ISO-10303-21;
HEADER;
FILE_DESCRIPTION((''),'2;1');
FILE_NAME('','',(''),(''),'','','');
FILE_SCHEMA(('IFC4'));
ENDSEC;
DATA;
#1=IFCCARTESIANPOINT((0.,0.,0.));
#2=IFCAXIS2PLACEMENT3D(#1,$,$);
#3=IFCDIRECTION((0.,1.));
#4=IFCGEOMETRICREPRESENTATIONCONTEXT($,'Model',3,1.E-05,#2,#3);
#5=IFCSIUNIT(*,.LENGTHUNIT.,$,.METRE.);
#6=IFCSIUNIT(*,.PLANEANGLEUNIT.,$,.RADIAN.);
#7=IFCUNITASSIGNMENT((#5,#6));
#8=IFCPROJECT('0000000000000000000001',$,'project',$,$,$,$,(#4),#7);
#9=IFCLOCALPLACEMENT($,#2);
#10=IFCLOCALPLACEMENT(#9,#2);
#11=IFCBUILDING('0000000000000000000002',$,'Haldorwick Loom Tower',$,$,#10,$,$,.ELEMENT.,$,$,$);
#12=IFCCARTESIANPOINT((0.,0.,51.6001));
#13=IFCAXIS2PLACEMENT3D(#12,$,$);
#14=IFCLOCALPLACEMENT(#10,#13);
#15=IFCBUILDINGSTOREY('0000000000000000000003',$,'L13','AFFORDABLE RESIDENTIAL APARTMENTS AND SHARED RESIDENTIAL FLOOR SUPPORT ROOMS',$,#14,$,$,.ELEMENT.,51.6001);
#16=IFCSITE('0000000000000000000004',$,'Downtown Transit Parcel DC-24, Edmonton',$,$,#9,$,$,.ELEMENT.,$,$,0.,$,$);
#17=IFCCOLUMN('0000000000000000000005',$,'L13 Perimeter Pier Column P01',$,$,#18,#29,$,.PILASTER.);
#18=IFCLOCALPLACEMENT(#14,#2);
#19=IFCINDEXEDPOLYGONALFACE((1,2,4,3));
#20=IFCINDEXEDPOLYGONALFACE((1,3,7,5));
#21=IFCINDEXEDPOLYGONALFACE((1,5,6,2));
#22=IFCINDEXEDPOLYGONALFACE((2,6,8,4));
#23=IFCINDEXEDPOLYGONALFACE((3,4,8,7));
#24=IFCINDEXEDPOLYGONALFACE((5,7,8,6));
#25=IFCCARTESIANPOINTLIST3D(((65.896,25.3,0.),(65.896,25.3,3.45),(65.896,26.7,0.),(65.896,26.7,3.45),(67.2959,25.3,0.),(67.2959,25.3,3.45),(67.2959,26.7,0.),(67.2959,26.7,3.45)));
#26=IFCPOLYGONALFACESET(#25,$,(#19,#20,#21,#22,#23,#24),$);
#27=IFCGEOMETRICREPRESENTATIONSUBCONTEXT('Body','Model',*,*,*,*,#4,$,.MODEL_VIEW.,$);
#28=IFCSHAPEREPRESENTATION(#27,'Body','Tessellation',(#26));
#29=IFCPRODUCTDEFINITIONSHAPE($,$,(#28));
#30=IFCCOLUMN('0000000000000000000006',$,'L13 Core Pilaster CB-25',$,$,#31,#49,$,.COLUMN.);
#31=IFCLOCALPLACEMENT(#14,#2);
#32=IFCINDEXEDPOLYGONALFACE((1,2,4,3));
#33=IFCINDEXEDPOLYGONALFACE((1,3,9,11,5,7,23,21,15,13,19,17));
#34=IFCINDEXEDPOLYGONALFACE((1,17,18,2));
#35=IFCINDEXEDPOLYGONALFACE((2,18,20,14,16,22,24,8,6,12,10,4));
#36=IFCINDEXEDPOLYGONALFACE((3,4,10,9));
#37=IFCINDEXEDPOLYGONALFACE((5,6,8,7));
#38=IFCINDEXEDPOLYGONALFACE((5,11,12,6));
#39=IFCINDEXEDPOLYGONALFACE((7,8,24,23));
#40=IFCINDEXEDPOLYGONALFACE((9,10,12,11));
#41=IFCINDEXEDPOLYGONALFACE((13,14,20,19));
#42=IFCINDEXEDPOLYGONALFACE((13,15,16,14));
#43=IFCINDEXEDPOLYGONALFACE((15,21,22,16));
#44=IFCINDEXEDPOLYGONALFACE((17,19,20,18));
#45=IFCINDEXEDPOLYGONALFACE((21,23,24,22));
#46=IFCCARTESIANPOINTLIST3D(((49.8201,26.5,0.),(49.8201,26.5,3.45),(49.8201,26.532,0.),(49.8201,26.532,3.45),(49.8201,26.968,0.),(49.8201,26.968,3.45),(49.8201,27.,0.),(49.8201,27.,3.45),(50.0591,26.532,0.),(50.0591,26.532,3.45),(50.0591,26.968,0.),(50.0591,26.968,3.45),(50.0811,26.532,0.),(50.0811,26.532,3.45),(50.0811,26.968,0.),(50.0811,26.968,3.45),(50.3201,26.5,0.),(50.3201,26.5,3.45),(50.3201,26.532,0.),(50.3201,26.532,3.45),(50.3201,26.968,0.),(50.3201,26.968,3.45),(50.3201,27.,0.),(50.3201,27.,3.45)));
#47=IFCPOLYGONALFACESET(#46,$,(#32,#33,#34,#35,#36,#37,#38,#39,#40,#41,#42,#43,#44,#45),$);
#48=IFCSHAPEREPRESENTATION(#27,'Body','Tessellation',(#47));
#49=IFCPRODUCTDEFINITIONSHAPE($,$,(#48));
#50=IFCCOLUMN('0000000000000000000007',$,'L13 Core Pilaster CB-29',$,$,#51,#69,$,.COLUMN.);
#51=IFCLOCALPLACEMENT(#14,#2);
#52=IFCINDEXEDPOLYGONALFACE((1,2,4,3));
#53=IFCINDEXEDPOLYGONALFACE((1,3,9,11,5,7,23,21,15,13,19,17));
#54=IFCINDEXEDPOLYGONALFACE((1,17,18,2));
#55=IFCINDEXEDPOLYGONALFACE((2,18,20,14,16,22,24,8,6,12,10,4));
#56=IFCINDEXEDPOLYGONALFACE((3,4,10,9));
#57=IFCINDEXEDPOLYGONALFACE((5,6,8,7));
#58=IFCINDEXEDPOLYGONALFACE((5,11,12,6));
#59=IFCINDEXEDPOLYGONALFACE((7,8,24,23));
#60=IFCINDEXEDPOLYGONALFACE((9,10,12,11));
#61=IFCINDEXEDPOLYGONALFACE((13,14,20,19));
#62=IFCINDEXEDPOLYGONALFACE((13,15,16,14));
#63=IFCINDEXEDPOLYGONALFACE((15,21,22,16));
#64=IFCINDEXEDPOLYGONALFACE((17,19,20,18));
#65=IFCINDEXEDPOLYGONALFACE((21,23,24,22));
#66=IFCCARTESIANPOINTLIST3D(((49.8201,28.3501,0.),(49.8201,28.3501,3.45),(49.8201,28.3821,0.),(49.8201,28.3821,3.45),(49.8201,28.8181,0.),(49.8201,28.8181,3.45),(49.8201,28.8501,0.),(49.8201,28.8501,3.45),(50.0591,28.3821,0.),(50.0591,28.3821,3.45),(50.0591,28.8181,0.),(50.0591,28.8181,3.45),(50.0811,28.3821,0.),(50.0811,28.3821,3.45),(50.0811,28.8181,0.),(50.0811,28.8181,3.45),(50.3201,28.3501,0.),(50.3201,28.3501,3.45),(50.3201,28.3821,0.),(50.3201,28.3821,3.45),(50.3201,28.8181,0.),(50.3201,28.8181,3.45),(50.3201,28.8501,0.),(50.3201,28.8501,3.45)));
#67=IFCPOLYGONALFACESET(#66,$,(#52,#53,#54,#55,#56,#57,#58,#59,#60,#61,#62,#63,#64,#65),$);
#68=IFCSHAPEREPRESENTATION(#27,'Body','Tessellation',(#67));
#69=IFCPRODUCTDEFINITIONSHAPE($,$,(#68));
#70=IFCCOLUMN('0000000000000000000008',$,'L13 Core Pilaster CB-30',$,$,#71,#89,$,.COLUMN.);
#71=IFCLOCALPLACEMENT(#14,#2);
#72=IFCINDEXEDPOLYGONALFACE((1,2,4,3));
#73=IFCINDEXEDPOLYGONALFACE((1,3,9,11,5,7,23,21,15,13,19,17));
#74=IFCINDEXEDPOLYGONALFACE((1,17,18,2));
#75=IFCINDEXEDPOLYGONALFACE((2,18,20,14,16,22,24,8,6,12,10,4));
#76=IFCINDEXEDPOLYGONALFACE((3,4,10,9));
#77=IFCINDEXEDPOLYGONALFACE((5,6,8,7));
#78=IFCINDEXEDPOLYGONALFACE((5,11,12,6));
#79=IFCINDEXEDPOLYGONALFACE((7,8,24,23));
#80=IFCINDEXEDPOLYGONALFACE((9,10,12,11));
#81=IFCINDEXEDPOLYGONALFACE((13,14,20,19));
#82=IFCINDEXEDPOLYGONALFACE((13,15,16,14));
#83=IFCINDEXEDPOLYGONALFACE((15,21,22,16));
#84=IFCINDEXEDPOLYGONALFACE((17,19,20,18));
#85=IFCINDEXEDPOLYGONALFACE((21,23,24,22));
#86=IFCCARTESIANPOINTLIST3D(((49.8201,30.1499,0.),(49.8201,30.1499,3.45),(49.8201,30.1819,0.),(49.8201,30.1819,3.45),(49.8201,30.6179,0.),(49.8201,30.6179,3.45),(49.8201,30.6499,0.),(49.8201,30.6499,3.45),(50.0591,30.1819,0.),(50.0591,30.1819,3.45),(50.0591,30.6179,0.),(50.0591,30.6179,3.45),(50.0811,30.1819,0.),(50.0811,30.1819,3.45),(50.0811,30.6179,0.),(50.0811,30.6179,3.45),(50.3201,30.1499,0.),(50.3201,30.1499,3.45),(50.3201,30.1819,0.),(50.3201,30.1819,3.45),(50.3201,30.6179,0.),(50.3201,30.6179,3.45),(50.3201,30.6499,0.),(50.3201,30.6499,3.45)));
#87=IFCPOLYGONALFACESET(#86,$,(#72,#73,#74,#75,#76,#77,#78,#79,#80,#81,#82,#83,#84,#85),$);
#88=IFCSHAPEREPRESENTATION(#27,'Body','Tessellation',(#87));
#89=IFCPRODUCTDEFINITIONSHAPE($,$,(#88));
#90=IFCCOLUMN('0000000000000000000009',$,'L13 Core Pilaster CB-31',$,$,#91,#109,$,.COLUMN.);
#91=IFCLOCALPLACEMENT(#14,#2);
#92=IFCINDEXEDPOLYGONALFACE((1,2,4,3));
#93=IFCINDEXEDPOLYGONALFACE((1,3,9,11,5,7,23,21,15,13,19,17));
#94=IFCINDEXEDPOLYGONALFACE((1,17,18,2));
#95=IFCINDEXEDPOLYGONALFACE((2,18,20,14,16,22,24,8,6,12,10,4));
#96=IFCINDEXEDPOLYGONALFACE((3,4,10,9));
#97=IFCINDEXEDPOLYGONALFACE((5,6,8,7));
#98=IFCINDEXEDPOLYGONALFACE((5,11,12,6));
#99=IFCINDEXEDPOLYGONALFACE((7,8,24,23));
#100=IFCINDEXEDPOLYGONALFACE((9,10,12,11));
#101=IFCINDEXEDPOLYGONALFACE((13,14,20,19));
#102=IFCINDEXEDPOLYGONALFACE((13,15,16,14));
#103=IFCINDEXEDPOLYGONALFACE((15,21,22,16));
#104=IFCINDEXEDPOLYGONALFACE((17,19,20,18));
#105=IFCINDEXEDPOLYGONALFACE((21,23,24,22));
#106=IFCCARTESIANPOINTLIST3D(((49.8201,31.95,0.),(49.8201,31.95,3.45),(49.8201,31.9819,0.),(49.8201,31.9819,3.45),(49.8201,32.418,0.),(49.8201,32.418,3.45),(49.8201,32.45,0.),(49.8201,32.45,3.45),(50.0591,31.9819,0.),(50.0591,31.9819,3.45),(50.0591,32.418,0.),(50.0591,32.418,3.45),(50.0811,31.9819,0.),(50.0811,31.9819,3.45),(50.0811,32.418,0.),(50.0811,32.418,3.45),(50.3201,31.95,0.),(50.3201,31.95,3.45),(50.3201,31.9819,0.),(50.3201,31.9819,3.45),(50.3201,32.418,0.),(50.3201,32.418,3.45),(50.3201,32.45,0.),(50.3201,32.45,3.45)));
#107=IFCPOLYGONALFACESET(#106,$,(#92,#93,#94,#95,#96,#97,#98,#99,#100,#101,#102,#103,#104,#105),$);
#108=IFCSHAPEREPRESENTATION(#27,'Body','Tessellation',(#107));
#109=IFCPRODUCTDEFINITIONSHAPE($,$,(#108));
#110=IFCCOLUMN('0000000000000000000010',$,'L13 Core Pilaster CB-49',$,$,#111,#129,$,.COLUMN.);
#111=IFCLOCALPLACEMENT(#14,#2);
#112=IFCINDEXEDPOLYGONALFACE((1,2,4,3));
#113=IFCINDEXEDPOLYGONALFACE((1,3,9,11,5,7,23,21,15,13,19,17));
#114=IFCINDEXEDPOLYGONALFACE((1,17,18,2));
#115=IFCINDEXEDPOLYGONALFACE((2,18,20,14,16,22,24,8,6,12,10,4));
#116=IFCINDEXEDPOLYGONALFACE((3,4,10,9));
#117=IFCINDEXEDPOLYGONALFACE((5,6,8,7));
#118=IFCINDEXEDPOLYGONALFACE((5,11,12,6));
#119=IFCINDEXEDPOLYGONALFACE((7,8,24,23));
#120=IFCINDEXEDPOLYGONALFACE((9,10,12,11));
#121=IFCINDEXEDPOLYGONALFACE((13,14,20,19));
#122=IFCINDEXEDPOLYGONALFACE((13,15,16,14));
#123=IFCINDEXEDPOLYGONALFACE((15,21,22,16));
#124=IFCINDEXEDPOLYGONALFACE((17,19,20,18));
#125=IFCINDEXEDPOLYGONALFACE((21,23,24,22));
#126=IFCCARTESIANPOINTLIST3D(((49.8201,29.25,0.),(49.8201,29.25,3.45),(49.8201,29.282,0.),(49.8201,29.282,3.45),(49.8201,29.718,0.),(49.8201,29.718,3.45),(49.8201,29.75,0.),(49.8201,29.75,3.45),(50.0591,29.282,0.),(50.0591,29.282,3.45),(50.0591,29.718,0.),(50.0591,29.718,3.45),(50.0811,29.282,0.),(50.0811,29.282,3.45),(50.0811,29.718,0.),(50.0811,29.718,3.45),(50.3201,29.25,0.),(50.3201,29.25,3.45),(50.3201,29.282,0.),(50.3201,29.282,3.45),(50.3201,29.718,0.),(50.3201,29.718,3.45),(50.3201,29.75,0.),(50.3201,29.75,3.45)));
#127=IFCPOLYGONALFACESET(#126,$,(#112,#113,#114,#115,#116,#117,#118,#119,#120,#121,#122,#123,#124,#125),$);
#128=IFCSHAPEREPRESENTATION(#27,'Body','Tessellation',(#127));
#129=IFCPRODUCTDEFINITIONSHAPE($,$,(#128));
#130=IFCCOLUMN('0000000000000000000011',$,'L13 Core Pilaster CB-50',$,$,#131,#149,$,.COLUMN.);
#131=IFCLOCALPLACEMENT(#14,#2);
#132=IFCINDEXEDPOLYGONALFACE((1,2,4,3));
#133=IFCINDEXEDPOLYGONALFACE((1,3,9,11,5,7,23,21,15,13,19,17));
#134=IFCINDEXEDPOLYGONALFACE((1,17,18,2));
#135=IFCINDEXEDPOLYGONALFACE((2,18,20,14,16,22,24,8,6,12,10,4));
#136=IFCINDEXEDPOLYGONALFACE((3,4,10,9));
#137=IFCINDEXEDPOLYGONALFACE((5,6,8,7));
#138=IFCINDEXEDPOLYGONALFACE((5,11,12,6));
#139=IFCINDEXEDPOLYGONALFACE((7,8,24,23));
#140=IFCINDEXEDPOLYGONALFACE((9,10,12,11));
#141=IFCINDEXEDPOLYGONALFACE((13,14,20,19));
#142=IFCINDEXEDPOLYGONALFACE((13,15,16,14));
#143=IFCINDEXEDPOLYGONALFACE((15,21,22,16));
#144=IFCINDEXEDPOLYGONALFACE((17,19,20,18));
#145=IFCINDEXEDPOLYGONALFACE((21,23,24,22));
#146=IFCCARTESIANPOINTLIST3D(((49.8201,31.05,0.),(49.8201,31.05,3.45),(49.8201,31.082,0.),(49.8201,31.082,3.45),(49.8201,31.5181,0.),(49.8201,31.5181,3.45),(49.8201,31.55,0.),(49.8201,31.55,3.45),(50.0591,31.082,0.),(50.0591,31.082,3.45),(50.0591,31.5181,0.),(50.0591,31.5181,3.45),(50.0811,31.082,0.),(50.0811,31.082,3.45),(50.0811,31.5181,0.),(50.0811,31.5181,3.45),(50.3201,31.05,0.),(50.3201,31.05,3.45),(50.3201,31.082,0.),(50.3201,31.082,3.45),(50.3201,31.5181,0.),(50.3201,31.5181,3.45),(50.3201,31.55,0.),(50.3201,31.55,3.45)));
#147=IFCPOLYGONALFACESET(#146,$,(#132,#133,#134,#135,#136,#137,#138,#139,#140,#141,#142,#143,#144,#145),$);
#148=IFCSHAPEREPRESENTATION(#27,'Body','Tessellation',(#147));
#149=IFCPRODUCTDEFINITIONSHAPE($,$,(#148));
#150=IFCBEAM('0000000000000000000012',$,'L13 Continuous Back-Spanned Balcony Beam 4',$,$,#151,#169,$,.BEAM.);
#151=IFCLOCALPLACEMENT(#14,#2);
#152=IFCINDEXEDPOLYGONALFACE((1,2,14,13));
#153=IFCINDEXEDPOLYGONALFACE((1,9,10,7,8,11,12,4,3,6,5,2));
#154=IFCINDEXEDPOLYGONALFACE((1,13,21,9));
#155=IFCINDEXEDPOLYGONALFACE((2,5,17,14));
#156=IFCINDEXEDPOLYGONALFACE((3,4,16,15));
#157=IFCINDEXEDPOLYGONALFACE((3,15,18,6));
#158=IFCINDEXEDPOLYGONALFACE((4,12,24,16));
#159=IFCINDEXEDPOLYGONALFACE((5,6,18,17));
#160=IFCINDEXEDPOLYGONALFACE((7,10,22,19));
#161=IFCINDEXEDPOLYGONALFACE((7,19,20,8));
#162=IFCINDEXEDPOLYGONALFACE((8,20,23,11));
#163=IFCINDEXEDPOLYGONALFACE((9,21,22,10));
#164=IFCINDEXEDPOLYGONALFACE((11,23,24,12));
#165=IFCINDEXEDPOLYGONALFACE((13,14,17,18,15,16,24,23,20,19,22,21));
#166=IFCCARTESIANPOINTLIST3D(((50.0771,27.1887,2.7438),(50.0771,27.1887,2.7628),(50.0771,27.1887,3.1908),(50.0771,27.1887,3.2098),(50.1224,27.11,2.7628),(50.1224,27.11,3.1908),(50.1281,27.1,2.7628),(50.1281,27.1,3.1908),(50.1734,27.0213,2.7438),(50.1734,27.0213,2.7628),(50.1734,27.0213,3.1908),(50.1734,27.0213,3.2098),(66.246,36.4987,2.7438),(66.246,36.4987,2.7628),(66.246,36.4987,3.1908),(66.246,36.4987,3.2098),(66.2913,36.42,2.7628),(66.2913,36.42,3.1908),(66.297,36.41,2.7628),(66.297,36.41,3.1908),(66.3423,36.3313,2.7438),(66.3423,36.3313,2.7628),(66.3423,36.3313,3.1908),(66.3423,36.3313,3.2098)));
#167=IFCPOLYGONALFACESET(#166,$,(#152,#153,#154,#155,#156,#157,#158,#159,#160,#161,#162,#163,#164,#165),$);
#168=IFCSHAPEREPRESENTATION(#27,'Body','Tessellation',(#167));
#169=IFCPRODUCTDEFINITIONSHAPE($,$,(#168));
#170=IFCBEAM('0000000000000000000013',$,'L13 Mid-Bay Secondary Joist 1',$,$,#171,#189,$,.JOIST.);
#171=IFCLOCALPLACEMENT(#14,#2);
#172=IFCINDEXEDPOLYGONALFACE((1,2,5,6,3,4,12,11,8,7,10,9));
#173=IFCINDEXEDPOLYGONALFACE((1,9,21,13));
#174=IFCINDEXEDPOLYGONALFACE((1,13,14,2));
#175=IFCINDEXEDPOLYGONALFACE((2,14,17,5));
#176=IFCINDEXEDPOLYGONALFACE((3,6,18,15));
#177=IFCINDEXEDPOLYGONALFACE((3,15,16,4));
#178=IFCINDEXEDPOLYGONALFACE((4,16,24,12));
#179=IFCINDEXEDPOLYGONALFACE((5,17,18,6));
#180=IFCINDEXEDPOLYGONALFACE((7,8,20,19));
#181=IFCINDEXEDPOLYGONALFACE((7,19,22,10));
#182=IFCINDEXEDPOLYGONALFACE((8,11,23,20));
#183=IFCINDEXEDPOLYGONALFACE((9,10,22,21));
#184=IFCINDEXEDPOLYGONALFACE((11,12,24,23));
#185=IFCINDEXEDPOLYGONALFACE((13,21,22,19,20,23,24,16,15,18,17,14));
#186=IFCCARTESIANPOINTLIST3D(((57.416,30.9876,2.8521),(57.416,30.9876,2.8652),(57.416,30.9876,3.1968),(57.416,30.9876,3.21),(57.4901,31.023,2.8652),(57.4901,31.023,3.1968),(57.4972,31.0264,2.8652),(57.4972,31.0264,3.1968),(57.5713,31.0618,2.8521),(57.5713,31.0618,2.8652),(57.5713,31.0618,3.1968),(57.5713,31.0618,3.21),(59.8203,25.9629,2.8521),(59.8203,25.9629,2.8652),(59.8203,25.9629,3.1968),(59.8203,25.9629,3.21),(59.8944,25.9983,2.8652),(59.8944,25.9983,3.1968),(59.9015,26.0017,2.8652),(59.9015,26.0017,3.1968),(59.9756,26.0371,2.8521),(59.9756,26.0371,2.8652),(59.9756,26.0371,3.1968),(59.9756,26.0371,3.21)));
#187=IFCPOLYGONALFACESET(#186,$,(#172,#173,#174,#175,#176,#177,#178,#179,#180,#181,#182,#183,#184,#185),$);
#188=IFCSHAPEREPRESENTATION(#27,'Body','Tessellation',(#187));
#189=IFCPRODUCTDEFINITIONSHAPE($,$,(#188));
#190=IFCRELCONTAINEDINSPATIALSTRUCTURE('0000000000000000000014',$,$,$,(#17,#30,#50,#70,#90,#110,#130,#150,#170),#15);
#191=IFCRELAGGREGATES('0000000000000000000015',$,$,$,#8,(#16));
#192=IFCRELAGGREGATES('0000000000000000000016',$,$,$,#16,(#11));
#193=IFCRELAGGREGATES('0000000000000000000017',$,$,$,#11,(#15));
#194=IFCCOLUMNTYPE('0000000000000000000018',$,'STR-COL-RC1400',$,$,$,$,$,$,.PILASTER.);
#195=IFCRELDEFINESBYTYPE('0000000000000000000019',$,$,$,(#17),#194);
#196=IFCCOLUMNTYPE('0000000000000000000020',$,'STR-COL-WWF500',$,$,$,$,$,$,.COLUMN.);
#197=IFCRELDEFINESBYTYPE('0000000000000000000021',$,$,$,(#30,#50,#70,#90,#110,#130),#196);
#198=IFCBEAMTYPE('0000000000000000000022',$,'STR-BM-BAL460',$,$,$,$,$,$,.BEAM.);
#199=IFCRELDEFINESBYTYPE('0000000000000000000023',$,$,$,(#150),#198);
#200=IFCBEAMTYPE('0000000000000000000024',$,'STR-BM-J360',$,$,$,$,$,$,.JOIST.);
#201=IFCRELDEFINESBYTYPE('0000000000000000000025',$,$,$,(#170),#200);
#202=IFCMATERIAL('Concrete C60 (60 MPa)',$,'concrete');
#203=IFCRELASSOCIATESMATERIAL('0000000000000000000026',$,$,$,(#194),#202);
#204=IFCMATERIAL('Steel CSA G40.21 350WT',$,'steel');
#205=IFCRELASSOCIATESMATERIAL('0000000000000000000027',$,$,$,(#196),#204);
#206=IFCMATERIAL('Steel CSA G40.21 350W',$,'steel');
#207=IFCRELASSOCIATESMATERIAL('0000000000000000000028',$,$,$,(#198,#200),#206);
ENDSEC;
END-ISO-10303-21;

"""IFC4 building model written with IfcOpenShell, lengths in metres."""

from ifc_helpers import new_model, si_unit, direction, frame, origin, origin_2d, place, context, subcontext, project, spatial, rectangle, i_section, extrude, material, material_profile, profile_set, type_object, element, save


model = new_model("IFC4")

# Units and contexts
model_context = context("Model", 3, precision=1e-05, world=origin(), true_north=direction((0.0, 1.0)))
body_context = subcontext(model_context, "Body", "Model", "MODEL_VIEW")
ifc_project = project(units=[si_unit("LENGTHUNIT", "METRE"), si_unit("PLANEANGLEUNIT", "RADIAN")], contexts=[model_context])

# Site, building, storey
site_placement = place(None, origin())
site = spatial("IfcSite", under=ifc_project, at=site_placement, Name="Downtown Transit Parcel DC-24, Edmonton", CompositionType="ELEMENT", RefElevation=0.0)
building_placement = place(site_placement, origin())
building = spatial("IfcBuilding", under=site, at=building_placement, Name="Haldorwick Loom Tower", CompositionType="ELEMENT")
storey_placement = place(building_placement, frame((0.0, 0.0, 51.6001)))
storey = spatial("IfcBuildingStorey", under=building, at=storey_placement, Name="L13", Description="AFFORDABLE RESIDENTIAL APARTMENTS AND SHARED RESIDENTIAL FLOOR SUPPORT ROOMS", CompositionType="ELEMENT", Elevation=51.6001)

# Columns
ifc_material_1 = material(Name="Concrete C60 (60 MPa)", Category="concrete")
ifc_material_profile_1 = material_profile(ifc_material_1, rectangle(XDim=1.3999, YDim=1.3999, at=origin_2d()), Name="RC1400X1400", Category="concrete")
ifc_profile_set_1 = profile_set([ifc_material_profile_1], Name="Concrete C60 (60 MPa)")
column_type_1 = type_object("IfcColumnType", Name="STR-COL-RC1400", PredefinedType="PILASTER", material=ifc_profile_set_1)
column_placement = place(storey_placement, frame((66.5959, 26.0, 0.0), z_axis=(0.0, 0.0, 1.0), x_axis=(1.0, 0.0, 0.0)))
element("IfcColumn", 1, at=column_placement, inside=storey, type_object=column_type_1, Name="L13 Perimeter Pier Column P01", PredefinedType="PILASTER", context=body_context, shape_type="SweptSolid", body=[
    extrude(rectangle(XDim=1.3999, YDim=1.3999, at=origin_2d()), origin(), (0.0, 0.0, 1.0), 3.45),
])
ifc_material_2 = material(Name="Steel CSA G40.21 350WT", Category="steel")
ifc_material_profile_2 = material_profile(ifc_material_2, i_section(OverallWidth=0.5, OverallDepth=0.5, WebThickness=0.022, FlangeThickness=0.032, at=origin_2d()), Name="WWF500X500", Category="steel")
ifc_profile_set_2 = profile_set([ifc_material_profile_2], Name="Steel CSA G40.21 350WT")
column_type_2 = type_object("IfcColumnType", Name="STR-COL-WWF500", PredefinedType="COLUMN", material=ifc_profile_set_2)
for number, where, z_axis, x_axis, name in (
    (2, (50.0701, 26.75, 0.0), (0.0, 0.0, 1.0), (1.0, 0.0, 0.0), "L13 Core Pilaster CB-25"),
    (3, (50.0701, 28.6001, 0.0), (0.0, 0.0, 1.0), (1.0, 0.0, 0.0), "L13 Core Pilaster CB-29"),
    (4, (50.0701, 30.3999, 0.0), (0.0, 0.0, 1.0), (1.0, 0.0, 0.0), "L13 Core Pilaster CB-30"),
    (5, (50.0701, 32.2, 0.0), (0.0, 0.0, 1.0), (1.0, 0.0, 0.0), "L13 Core Pilaster CB-31"),
    (6, (50.0701, 29.5, 0.0), (0.0, 0.0, 1.0), (1.0, 0.0, 0.0), "L13 Core Pilaster CB-49"),
    (7, (50.0701, 31.3, 0.0), (0.0, 0.0, 1.0), (1.0, 0.0, 0.0), "L13 Core Pilaster CB-50"),
):
    element("IfcColumn", number, at=place(storey_placement, frame(where, z_axis=z_axis, x_axis=x_axis)), inside=storey, type_object=column_type_2, Name=name, PredefinedType="COLUMN", context=body_context, shape_type="SweptSolid", body=[
        extrude(i_section(OverallWidth=0.5, OverallDepth=0.5, WebThickness=0.022, FlangeThickness=0.032, at=origin_2d()), origin(), (0.0, 0.0, 1.0), 3.45),
    ])

# Beams
ifc_material_3 = material(Name="Steel CSA G40.21 350W", Category="steel")
ifc_material_profile_3 = material_profile(ifc_material_3, i_section(OverallWidth=0.1931, OverallDepth=0.4661, WebThickness=0.0115, FlangeThickness=0.019, at=origin_2d()), Name="W460X97", Category="steel")
ifc_profile_set_3 = profile_set([ifc_material_profile_3], Name="Steel CSA G40.21 350W")
beam_type_1 = type_object("IfcBeamType", Name="STR-BM-BAL460", PredefinedType="BEAM", material=ifc_profile_set_3)
beam_1_placement = place(storey_placement, frame((50.1252, 27.105, 2.9768), z_axis=(0.866607, 0.498991, 0.0), x_axis=(-0.498991, 0.866607, 0.0)))
element("IfcBeam", 8, at=beam_1_placement, inside=storey, type_object=beam_type_1, Name="L13 Continuous Back-Spanned Balcony Beam 4", PredefinedType="BEAM", context=body_context, shape_type="SweptSolid", body=[
    extrude(i_section(OverallWidth=0.1931, OverallDepth=0.4661, WebThickness=0.0115, FlangeThickness=0.019, at=origin_2d()), origin(), (0.0, 0.0, 1.0), 18.6577),
])
ifc_material_profile_4 = material_profile(ifc_material_3, i_section(OverallWidth=0.1721, OverallDepth=0.3579, WebThickness=0.0078, FlangeThickness=0.0132, at=origin_2d()), Name="W360X57", Category="steel")
ifc_profile_set_4 = profile_set([ifc_material_profile_4], Name="Steel CSA G40.21 350W")
beam_type_2 = type_object("IfcBeamType", Name="STR-BM-J360", PredefinedType="JOIST", material=ifc_profile_set_4)
beam_2_placement = place(storey_placement, frame((59.8979, 26.0, 3.031), z_axis=(-0.431631, 0.90205, 0.0), x_axis=(-0.90205, -0.431631, 0.0)))
element("IfcBeam", 9, at=beam_2_placement, inside=storey, type_object=beam_type_2, Name="L13 Mid-Bay Secondary Joist 1", PredefinedType="JOIST", context=body_context, shape_type="SweptSolid", body=[
    extrude(i_section(OverallWidth=0.1721, OverallDepth=0.3579, WebThickness=0.0078, FlangeThickness=0.0132, at=origin_2d()), origin(), (0.0, 0.0, 1.0), 5.5703),
])

save(model, "model.ifc")
